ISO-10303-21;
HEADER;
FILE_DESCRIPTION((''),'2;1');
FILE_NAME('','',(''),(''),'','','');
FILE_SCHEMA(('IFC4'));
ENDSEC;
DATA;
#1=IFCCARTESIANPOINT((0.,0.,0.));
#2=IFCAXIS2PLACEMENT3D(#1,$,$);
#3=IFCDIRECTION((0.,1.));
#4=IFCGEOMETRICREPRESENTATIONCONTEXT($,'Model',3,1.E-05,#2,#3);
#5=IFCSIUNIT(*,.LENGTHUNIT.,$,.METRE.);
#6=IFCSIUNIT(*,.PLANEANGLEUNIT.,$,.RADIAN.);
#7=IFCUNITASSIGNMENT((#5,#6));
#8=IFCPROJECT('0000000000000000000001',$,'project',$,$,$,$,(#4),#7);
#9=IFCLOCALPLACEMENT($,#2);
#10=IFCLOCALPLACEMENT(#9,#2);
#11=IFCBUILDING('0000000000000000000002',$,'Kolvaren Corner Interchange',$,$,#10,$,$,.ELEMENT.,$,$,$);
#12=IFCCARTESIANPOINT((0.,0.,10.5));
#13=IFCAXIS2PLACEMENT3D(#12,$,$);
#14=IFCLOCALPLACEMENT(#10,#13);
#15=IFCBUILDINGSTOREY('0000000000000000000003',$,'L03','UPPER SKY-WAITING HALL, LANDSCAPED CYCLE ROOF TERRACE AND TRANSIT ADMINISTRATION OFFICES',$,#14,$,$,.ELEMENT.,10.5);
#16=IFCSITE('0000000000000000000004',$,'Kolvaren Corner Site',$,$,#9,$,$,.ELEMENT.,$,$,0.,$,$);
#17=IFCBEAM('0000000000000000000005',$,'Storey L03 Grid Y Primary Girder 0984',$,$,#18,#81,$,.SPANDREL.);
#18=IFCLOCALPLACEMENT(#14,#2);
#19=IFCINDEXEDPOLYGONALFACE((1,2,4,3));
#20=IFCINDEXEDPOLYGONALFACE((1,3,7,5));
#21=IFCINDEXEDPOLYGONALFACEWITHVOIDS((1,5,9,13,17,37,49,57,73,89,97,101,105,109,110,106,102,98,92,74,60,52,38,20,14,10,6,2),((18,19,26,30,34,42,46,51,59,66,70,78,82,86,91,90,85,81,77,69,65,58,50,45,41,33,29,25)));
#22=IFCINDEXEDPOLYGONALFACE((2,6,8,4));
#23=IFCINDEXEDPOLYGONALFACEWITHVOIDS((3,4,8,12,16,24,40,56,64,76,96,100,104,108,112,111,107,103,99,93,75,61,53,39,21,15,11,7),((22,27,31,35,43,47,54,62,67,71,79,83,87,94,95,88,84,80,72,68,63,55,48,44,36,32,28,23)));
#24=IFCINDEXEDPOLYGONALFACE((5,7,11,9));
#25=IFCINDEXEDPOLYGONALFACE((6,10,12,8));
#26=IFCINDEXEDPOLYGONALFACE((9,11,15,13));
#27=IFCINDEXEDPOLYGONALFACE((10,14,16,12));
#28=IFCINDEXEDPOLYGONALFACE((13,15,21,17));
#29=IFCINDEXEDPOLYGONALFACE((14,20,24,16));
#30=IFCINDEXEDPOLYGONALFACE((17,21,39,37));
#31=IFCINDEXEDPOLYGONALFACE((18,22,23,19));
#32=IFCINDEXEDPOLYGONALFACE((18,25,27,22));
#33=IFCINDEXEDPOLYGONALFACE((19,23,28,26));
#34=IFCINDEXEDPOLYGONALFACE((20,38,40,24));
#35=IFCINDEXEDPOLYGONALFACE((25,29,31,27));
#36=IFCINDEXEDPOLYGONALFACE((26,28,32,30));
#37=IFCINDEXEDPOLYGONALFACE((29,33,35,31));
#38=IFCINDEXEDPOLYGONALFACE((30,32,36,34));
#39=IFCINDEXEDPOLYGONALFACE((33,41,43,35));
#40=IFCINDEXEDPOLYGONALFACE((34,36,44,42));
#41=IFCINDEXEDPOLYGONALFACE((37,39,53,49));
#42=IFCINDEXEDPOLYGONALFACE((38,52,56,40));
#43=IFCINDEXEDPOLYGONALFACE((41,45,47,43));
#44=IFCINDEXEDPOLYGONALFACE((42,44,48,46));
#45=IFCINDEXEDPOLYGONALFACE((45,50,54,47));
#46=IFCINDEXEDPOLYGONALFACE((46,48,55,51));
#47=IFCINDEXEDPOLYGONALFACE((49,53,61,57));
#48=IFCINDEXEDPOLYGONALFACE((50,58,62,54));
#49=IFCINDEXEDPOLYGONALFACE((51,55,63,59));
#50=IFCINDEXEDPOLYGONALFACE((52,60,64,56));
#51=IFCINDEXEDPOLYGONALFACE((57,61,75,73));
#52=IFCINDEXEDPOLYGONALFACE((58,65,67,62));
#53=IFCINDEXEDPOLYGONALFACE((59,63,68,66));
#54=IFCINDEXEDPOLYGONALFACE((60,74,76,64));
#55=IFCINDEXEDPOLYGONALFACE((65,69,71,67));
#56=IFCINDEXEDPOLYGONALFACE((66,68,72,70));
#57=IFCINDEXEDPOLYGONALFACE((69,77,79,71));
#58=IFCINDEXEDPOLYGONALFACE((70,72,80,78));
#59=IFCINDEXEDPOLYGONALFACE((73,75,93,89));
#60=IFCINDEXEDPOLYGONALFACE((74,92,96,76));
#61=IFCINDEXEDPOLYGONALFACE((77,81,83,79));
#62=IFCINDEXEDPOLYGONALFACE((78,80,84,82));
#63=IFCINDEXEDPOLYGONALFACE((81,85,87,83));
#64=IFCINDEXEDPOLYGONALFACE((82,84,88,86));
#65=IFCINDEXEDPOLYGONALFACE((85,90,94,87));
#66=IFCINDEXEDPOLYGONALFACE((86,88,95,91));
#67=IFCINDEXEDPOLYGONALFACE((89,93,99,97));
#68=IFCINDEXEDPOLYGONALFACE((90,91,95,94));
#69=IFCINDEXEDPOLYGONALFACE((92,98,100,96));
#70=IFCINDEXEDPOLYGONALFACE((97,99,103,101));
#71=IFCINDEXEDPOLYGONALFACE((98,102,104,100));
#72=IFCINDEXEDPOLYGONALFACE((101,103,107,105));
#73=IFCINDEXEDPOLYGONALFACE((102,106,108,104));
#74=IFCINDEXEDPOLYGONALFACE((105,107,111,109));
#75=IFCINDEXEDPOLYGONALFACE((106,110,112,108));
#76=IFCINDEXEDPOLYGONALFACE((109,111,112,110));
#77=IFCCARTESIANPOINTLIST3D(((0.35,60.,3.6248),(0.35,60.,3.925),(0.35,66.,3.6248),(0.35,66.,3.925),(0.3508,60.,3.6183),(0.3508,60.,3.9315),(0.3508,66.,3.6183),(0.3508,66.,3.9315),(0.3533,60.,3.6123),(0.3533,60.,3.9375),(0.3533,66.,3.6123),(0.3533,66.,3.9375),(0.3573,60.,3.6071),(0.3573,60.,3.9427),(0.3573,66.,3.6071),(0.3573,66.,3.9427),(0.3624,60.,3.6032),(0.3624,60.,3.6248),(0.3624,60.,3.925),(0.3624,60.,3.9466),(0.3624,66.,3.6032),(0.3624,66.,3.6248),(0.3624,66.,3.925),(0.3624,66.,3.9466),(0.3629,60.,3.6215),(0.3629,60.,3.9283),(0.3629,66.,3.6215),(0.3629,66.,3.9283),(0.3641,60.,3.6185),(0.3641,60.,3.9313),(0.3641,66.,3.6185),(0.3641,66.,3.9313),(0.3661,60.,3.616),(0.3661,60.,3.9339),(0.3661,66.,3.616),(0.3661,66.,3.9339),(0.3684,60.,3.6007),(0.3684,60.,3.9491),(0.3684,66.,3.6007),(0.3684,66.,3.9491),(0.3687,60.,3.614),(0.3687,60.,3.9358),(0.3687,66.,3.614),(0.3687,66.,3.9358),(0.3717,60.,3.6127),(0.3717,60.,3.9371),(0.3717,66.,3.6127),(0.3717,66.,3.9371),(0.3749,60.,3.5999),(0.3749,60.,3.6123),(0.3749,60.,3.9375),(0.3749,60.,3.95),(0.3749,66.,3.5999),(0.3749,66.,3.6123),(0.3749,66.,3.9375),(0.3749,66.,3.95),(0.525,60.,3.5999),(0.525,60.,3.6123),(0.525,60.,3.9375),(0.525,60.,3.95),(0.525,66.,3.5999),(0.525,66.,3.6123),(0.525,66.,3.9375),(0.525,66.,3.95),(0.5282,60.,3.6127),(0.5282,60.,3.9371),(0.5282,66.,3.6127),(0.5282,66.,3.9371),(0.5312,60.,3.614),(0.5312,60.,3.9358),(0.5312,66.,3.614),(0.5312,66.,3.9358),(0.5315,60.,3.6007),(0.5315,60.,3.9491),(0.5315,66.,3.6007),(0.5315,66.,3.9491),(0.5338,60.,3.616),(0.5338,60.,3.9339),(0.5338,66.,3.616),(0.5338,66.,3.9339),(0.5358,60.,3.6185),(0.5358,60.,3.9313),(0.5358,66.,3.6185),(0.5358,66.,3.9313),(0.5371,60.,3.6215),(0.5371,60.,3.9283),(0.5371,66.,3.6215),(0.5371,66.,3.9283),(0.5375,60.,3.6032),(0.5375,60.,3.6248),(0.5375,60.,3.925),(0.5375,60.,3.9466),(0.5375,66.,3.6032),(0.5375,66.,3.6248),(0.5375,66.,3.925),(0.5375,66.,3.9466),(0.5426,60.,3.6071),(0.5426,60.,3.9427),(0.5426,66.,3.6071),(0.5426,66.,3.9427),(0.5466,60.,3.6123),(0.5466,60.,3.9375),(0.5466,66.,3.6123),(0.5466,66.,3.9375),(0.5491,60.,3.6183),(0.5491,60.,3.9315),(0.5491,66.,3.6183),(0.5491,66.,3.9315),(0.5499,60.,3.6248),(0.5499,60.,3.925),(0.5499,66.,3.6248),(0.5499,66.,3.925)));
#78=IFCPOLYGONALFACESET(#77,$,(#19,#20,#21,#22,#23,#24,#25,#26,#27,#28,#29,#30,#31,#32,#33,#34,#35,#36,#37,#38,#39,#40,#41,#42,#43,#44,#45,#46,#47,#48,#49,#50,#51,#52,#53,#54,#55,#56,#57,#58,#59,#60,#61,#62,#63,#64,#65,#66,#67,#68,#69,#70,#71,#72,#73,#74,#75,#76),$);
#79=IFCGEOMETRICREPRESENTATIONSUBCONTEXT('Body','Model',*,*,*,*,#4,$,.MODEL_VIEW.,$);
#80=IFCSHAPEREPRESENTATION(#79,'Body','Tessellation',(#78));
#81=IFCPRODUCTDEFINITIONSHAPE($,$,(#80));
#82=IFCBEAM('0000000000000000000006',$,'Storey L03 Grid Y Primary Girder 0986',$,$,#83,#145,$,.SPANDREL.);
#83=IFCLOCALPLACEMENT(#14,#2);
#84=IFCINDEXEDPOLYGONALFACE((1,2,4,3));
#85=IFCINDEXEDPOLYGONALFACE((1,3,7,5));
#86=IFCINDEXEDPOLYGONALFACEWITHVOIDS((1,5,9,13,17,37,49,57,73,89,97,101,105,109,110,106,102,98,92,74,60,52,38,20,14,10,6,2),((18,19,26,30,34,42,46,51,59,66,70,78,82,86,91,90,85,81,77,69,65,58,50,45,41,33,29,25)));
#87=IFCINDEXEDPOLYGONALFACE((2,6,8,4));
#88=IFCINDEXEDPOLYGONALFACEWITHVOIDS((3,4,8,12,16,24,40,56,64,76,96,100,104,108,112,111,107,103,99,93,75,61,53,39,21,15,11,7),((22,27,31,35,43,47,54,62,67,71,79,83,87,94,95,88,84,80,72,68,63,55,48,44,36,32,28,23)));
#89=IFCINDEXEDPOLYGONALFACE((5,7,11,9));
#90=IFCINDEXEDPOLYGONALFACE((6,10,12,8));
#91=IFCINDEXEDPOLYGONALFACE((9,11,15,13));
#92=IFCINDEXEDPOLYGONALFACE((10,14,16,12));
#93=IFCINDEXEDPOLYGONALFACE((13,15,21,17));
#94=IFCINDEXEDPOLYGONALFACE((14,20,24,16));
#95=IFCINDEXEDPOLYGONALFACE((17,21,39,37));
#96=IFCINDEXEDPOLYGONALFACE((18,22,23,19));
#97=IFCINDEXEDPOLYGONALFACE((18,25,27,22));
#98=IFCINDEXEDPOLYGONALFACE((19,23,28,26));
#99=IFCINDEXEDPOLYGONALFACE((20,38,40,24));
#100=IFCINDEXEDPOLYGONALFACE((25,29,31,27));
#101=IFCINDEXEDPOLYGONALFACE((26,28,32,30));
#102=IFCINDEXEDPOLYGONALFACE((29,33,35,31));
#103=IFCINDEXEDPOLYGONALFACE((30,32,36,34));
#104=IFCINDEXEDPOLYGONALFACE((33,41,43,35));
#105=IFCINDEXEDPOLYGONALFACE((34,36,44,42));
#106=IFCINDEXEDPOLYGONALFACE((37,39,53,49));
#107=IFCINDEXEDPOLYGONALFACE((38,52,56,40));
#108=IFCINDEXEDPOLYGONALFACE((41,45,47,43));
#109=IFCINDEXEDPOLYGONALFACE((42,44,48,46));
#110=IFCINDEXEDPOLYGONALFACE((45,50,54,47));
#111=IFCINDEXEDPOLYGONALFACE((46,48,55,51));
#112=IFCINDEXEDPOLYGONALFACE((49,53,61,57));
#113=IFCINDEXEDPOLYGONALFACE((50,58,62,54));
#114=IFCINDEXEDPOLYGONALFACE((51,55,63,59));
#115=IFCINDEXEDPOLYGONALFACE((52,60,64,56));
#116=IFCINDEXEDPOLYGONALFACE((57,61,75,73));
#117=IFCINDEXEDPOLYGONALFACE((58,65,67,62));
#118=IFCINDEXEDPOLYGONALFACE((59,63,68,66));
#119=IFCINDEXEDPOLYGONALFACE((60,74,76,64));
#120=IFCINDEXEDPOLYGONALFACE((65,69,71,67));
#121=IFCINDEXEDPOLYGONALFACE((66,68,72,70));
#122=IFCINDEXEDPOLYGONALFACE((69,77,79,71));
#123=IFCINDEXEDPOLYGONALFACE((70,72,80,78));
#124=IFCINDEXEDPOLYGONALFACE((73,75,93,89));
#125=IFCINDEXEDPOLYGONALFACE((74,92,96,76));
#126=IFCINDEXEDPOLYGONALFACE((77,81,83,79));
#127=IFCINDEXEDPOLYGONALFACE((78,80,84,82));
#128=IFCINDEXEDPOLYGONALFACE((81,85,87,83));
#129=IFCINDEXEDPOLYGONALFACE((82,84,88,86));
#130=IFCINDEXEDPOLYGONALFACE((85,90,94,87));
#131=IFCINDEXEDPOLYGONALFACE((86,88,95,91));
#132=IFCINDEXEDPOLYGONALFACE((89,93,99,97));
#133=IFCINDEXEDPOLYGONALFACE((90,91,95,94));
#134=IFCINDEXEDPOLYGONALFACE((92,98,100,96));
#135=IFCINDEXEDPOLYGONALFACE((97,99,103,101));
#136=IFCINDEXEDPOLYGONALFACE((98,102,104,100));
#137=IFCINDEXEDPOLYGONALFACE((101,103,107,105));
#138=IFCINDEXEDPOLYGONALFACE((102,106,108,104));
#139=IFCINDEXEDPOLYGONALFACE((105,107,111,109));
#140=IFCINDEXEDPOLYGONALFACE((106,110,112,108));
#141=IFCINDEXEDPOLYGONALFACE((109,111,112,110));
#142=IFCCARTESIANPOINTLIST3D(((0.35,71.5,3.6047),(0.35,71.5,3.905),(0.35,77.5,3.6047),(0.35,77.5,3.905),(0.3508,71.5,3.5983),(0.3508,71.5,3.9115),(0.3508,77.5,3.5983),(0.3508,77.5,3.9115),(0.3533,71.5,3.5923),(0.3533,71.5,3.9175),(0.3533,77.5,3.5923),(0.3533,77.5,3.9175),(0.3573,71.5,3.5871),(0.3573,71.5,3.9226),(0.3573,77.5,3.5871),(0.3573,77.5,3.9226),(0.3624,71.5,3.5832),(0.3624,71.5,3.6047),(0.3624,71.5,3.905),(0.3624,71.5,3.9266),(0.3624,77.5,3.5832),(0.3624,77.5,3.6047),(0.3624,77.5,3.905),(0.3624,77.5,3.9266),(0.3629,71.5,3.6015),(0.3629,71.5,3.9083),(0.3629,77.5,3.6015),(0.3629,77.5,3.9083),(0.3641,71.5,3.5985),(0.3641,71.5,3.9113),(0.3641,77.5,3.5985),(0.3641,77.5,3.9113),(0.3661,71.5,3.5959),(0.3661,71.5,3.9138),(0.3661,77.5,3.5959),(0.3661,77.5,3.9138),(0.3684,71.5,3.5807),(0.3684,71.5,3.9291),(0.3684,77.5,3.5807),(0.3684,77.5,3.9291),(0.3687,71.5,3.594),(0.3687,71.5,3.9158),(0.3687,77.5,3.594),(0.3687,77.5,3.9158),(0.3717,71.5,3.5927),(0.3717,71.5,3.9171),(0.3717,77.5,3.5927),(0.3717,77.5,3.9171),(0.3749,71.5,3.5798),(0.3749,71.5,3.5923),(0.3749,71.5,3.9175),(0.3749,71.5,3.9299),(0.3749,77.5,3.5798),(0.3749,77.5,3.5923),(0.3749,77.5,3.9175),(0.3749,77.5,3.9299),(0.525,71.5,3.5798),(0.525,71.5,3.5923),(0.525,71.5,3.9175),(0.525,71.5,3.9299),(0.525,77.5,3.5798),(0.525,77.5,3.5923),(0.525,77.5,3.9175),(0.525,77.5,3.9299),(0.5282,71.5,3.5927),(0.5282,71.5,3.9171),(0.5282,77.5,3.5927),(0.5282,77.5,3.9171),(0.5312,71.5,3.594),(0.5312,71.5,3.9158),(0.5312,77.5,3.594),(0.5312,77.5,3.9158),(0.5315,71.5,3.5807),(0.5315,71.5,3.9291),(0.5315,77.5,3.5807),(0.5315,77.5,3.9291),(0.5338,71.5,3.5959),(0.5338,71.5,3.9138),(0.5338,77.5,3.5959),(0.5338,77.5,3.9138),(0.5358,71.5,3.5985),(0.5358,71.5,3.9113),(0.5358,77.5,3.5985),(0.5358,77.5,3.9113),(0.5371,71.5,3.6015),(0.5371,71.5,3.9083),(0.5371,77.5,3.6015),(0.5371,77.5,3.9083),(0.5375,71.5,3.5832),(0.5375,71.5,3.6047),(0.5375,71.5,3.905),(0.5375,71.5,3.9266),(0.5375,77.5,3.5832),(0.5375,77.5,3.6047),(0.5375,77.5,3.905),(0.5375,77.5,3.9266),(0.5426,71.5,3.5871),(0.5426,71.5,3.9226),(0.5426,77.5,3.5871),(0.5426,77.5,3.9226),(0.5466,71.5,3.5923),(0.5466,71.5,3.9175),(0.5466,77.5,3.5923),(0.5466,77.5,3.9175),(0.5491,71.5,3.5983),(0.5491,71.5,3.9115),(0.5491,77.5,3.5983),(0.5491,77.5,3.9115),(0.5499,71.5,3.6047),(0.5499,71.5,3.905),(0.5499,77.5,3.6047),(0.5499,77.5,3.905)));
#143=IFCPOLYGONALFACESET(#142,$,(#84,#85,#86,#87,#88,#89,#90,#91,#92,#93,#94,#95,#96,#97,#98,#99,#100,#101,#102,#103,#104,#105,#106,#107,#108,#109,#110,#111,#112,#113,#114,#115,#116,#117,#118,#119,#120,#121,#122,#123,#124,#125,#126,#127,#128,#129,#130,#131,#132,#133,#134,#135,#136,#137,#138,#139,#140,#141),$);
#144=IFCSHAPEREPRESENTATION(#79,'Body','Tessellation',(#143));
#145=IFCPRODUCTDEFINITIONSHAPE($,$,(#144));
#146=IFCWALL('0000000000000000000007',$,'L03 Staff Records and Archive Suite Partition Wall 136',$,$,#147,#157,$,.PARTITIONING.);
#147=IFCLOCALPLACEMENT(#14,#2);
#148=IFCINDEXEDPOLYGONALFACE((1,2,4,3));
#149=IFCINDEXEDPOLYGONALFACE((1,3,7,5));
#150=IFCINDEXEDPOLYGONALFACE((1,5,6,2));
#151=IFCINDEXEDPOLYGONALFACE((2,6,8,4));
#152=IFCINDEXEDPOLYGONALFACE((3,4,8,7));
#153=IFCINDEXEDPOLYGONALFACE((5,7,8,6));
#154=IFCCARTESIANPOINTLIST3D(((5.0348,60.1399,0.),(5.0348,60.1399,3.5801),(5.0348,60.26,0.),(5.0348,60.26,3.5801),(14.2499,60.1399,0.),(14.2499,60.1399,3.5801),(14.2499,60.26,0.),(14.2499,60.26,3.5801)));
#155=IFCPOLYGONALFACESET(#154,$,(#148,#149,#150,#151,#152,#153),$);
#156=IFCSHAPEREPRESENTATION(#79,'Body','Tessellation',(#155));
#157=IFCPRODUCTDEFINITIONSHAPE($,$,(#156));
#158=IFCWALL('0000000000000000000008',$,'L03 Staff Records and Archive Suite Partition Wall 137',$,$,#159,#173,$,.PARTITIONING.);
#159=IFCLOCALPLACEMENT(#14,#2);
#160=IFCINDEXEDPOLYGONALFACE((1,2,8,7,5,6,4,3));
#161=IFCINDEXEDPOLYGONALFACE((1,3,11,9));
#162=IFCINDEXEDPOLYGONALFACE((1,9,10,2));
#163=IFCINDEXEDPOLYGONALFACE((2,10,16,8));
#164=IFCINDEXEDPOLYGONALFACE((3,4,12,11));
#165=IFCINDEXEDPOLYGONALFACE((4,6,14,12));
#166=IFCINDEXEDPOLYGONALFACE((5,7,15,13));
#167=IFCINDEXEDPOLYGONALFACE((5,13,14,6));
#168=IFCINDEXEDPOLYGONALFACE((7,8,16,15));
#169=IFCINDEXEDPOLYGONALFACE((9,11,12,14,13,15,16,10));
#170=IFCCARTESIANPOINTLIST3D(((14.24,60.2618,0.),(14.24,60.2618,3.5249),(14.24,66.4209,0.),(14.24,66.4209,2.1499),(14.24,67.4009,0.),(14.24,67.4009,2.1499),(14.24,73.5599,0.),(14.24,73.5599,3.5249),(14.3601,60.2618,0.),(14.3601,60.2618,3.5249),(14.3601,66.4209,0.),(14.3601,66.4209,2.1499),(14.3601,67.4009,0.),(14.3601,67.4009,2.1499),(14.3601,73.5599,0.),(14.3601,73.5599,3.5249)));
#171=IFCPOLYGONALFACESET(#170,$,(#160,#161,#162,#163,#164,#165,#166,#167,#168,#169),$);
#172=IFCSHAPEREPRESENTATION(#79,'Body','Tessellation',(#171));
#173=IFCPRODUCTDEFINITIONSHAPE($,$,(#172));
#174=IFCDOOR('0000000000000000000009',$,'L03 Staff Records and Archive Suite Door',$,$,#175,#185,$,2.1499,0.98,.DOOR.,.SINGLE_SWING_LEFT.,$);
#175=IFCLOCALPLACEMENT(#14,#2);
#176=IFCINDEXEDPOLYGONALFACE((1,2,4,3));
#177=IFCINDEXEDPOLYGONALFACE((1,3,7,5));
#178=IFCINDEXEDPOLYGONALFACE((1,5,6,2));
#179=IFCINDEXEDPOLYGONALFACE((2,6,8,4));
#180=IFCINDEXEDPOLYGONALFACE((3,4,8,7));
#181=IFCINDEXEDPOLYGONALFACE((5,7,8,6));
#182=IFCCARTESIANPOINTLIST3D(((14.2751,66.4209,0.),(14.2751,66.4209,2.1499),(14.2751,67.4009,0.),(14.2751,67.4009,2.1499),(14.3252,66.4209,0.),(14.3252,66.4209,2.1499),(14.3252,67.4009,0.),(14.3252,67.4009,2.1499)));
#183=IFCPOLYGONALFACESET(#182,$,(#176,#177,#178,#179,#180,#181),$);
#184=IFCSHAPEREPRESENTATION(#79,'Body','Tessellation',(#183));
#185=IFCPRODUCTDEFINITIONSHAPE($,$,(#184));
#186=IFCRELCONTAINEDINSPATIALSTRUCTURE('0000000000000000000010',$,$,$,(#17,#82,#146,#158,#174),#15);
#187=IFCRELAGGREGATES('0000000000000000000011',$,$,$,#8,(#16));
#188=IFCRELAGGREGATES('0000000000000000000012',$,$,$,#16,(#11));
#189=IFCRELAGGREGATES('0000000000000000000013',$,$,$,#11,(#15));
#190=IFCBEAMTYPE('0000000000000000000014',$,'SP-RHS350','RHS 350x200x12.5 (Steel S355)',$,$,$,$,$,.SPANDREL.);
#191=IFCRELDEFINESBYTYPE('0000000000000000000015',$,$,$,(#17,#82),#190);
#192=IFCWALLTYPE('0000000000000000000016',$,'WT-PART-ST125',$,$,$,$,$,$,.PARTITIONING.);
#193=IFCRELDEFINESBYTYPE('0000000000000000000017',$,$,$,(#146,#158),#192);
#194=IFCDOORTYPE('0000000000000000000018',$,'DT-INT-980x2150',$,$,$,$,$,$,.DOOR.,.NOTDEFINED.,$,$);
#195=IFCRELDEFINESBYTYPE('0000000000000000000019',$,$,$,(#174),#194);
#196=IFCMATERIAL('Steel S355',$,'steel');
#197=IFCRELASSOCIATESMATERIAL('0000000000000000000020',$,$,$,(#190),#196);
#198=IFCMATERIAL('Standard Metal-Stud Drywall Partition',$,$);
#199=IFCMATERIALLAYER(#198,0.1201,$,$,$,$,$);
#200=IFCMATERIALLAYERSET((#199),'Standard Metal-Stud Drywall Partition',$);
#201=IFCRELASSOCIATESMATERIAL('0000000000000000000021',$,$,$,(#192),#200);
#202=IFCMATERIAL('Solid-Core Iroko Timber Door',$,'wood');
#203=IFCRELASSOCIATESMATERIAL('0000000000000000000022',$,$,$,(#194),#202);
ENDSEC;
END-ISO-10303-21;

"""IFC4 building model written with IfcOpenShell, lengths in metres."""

from ifc_helpers import new_model, si_unit, direction, frame, frame_2d, origin, origin_2d, place, context, subcontext, project, spatial, rectangle, hollow_rectangle, extrude, material, layer, layer_set, material_profile, profile_set, type_object, element, fill, save


model = new_model("IFC4")

# Units and contexts
model_context = context("Model", 3, precision=1e-05, world=origin(), true_north=direction((0.0, 1.0)))
body_context = subcontext(model_context, "Body", "Model", "MODEL_VIEW")
ifc_project = project(units=[si_unit("LENGTHUNIT", "METRE"), si_unit("PLANEANGLEUNIT", "RADIAN")], contexts=[model_context])

# Site, building, storey
site_placement = place(None, origin())
site = spatial("IfcSite", under=ifc_project, at=site_placement, Name="Kolvaren Corner Site", CompositionType="ELEMENT", RefElevation=0.0)
building_placement = place(site_placement, origin())
building = spatial("IfcBuilding", under=site, at=building_placement, Name="Kolvaren Corner Interchange", CompositionType="ELEMENT")
storey_placement = place(building_placement, frame((0.0, 0.0, 10.5)))
storey = spatial("IfcBuildingStorey", under=building, at=storey_placement, Name="L03", Description="UPPER SKY-WAITING HALL, LANDSCAPED CYCLE ROOF TERRACE AND TRANSIT ADMINISTRATION OFFICES", CompositionType="ELEMENT", Elevation=10.5)

# Beams
ifc_material_1 = material(Name="Steel S355", Category="steel")
ifc_material_profile_1 = material_profile(ifc_material_1, hollow_rectangle(XDim=0.2, YDim=0.3501, WallThickness=0.0125, InnerFilletRadius=0.0125, OuterFilletRadius=0.0249, at=origin_2d()), Name="RHS 350x200x12.5")
ifc_profile_set_1 = profile_set([ifc_material_profile_1], Name="Steel S355")
beam_type_1 = type_object("IfcBeamType", Name="SP-RHS350", Description="RHS 350x200x12.5 (Steel S355)", PredefinedType="SPANDREL", material=ifc_profile_set_1)
for number, where, z_axis, x_axis, name in (
    (1, (0.45, 60.0, 3.7749), (0.0, 1.0, 0.0), (-1.0, 0.0, 0.0), "Storey L03 Grid Y Primary Girder 0984"),
    (2, (0.45, 71.5, 3.7549), (0.0, 1.0, 0.0), (-1.0, 0.0, 0.0), "Storey L03 Grid Y Primary Girder 0986"),
):
    element("IfcBeam", number, at=place(storey_placement, frame(where, z_axis=z_axis, x_axis=x_axis)), inside=storey, type_object=beam_type_1, Name=name, PredefinedType="SPANDREL", context=body_context, shape_type="SweptSolid", body=[
        extrude(hollow_rectangle(XDim=0.2, YDim=0.3501, WallThickness=0.0125, InnerFilletRadius=0.0125, OuterFilletRadius=0.0249, at=origin_2d()), origin(), (0.0, 0.0, 1.0), 6.0),
    ])

# Wall
ifc_material_2 = material(Name="Standard Metal-Stud Drywall Partition")
ifc_layer = layer(ifc_material_2, 0.1201)
ifc_layer_set = layer_set([ifc_layer], Name="Standard Metal-Stud Drywall Partition")
wall_type = type_object("IfcWallType", Name="WT-PART-ST125", PredefinedType="PARTITIONING", material=ifc_layer_set)
wall_1_placement = place(storey_placement, frame((5.0349, 60.2, 0.0), z_axis=(0.0, 0.0, 1.0), x_axis=(1.0, 0.0, 0.0)))
element("IfcWall", 3, at=wall_1_placement, inside=storey, type_object=wall_type, Name="L03 Staff Records and Archive Suite Partition Wall 136", PredefinedType="PARTITIONING", context=body_context, shape_type="SweptSolid", body=[
    extrude(rectangle(XDim=9.2151, YDim=0.1201, at=frame_2d((4.6074, 0.0))), origin(), (0.0, 0.0, 1.0), 3.5801),
])

# Wall, opening, door
wall_2_placement = place(storey_placement, frame((14.3, 60.262, 0.0), z_axis=(0.0, 0.0, 1.0), x_axis=(0.0, 1.0, 0.0)))
wall_2 = element("IfcWall", 4, at=wall_2_placement, inside=storey, type_object=wall_type, Name="L03 Staff Records and Archive Suite Partition Wall 137", PredefinedType="PARTITIONING", context=body_context, shape_type="SweptSolid", body=[
    extrude(rectangle(XDim=13.2981, YDim=0.1201, at=frame_2d((6.6489, 0.0))), origin(), (0.0, 0.0, 1.0), 3.5249),
])
opening_placement = place(wall_2_placement, frame((6.1589, 0.0, 0.0)))
opening = element("IfcOpeningElement", 5, at=opening_placement, cuts=wall_2, PredefinedType="OPENING", context=body_context, shape_type="SweptSolid", body=[
    extrude(rectangle(XDim=0.98, YDim=2.1499, at=frame_2d((0.49, 1.075))), frame((0.0, 0.0701, 0.0), z_axis=(0.0, -1.0, 0.0), x_axis=(1.0, 0.0, 0.0)), (0.0, 0.0, 1.0), 0.1401),
])
ifc_material_3 = material(Name="Solid-Core Iroko Timber Door", Category="wood")
door_type = type_object("IfcDoorType", Name="DT-INT-980x2150", OperationType="NOTDEFINED", PredefinedType="DOOR", material=ifc_material_3)
door_placement = place(opening_placement, origin())
door = element("IfcDoor", 6, at=door_placement, inside=storey, type_object=door_type, Name="L03 Staff Records and Archive Suite Door", OperationType="SINGLE_SWING_LEFT", OverallHeight=2.1499, OverallWidth=0.98, PredefinedType="DOOR", context=body_context, shape_type="SweptSolid", body=[
    extrude(rectangle(XDim=0.98, YDim=2.1499, at=frame_2d((0.49, 1.075))), frame((0.0, 0.0249, 0.0), z_axis=(0.0, -1.0, 0.0), x_axis=(1.0, 0.0, 0.0)), (0.0, 0.0, 1.0), 0.05),
])
fill(opening, door)

save(model, "model.ifc")
